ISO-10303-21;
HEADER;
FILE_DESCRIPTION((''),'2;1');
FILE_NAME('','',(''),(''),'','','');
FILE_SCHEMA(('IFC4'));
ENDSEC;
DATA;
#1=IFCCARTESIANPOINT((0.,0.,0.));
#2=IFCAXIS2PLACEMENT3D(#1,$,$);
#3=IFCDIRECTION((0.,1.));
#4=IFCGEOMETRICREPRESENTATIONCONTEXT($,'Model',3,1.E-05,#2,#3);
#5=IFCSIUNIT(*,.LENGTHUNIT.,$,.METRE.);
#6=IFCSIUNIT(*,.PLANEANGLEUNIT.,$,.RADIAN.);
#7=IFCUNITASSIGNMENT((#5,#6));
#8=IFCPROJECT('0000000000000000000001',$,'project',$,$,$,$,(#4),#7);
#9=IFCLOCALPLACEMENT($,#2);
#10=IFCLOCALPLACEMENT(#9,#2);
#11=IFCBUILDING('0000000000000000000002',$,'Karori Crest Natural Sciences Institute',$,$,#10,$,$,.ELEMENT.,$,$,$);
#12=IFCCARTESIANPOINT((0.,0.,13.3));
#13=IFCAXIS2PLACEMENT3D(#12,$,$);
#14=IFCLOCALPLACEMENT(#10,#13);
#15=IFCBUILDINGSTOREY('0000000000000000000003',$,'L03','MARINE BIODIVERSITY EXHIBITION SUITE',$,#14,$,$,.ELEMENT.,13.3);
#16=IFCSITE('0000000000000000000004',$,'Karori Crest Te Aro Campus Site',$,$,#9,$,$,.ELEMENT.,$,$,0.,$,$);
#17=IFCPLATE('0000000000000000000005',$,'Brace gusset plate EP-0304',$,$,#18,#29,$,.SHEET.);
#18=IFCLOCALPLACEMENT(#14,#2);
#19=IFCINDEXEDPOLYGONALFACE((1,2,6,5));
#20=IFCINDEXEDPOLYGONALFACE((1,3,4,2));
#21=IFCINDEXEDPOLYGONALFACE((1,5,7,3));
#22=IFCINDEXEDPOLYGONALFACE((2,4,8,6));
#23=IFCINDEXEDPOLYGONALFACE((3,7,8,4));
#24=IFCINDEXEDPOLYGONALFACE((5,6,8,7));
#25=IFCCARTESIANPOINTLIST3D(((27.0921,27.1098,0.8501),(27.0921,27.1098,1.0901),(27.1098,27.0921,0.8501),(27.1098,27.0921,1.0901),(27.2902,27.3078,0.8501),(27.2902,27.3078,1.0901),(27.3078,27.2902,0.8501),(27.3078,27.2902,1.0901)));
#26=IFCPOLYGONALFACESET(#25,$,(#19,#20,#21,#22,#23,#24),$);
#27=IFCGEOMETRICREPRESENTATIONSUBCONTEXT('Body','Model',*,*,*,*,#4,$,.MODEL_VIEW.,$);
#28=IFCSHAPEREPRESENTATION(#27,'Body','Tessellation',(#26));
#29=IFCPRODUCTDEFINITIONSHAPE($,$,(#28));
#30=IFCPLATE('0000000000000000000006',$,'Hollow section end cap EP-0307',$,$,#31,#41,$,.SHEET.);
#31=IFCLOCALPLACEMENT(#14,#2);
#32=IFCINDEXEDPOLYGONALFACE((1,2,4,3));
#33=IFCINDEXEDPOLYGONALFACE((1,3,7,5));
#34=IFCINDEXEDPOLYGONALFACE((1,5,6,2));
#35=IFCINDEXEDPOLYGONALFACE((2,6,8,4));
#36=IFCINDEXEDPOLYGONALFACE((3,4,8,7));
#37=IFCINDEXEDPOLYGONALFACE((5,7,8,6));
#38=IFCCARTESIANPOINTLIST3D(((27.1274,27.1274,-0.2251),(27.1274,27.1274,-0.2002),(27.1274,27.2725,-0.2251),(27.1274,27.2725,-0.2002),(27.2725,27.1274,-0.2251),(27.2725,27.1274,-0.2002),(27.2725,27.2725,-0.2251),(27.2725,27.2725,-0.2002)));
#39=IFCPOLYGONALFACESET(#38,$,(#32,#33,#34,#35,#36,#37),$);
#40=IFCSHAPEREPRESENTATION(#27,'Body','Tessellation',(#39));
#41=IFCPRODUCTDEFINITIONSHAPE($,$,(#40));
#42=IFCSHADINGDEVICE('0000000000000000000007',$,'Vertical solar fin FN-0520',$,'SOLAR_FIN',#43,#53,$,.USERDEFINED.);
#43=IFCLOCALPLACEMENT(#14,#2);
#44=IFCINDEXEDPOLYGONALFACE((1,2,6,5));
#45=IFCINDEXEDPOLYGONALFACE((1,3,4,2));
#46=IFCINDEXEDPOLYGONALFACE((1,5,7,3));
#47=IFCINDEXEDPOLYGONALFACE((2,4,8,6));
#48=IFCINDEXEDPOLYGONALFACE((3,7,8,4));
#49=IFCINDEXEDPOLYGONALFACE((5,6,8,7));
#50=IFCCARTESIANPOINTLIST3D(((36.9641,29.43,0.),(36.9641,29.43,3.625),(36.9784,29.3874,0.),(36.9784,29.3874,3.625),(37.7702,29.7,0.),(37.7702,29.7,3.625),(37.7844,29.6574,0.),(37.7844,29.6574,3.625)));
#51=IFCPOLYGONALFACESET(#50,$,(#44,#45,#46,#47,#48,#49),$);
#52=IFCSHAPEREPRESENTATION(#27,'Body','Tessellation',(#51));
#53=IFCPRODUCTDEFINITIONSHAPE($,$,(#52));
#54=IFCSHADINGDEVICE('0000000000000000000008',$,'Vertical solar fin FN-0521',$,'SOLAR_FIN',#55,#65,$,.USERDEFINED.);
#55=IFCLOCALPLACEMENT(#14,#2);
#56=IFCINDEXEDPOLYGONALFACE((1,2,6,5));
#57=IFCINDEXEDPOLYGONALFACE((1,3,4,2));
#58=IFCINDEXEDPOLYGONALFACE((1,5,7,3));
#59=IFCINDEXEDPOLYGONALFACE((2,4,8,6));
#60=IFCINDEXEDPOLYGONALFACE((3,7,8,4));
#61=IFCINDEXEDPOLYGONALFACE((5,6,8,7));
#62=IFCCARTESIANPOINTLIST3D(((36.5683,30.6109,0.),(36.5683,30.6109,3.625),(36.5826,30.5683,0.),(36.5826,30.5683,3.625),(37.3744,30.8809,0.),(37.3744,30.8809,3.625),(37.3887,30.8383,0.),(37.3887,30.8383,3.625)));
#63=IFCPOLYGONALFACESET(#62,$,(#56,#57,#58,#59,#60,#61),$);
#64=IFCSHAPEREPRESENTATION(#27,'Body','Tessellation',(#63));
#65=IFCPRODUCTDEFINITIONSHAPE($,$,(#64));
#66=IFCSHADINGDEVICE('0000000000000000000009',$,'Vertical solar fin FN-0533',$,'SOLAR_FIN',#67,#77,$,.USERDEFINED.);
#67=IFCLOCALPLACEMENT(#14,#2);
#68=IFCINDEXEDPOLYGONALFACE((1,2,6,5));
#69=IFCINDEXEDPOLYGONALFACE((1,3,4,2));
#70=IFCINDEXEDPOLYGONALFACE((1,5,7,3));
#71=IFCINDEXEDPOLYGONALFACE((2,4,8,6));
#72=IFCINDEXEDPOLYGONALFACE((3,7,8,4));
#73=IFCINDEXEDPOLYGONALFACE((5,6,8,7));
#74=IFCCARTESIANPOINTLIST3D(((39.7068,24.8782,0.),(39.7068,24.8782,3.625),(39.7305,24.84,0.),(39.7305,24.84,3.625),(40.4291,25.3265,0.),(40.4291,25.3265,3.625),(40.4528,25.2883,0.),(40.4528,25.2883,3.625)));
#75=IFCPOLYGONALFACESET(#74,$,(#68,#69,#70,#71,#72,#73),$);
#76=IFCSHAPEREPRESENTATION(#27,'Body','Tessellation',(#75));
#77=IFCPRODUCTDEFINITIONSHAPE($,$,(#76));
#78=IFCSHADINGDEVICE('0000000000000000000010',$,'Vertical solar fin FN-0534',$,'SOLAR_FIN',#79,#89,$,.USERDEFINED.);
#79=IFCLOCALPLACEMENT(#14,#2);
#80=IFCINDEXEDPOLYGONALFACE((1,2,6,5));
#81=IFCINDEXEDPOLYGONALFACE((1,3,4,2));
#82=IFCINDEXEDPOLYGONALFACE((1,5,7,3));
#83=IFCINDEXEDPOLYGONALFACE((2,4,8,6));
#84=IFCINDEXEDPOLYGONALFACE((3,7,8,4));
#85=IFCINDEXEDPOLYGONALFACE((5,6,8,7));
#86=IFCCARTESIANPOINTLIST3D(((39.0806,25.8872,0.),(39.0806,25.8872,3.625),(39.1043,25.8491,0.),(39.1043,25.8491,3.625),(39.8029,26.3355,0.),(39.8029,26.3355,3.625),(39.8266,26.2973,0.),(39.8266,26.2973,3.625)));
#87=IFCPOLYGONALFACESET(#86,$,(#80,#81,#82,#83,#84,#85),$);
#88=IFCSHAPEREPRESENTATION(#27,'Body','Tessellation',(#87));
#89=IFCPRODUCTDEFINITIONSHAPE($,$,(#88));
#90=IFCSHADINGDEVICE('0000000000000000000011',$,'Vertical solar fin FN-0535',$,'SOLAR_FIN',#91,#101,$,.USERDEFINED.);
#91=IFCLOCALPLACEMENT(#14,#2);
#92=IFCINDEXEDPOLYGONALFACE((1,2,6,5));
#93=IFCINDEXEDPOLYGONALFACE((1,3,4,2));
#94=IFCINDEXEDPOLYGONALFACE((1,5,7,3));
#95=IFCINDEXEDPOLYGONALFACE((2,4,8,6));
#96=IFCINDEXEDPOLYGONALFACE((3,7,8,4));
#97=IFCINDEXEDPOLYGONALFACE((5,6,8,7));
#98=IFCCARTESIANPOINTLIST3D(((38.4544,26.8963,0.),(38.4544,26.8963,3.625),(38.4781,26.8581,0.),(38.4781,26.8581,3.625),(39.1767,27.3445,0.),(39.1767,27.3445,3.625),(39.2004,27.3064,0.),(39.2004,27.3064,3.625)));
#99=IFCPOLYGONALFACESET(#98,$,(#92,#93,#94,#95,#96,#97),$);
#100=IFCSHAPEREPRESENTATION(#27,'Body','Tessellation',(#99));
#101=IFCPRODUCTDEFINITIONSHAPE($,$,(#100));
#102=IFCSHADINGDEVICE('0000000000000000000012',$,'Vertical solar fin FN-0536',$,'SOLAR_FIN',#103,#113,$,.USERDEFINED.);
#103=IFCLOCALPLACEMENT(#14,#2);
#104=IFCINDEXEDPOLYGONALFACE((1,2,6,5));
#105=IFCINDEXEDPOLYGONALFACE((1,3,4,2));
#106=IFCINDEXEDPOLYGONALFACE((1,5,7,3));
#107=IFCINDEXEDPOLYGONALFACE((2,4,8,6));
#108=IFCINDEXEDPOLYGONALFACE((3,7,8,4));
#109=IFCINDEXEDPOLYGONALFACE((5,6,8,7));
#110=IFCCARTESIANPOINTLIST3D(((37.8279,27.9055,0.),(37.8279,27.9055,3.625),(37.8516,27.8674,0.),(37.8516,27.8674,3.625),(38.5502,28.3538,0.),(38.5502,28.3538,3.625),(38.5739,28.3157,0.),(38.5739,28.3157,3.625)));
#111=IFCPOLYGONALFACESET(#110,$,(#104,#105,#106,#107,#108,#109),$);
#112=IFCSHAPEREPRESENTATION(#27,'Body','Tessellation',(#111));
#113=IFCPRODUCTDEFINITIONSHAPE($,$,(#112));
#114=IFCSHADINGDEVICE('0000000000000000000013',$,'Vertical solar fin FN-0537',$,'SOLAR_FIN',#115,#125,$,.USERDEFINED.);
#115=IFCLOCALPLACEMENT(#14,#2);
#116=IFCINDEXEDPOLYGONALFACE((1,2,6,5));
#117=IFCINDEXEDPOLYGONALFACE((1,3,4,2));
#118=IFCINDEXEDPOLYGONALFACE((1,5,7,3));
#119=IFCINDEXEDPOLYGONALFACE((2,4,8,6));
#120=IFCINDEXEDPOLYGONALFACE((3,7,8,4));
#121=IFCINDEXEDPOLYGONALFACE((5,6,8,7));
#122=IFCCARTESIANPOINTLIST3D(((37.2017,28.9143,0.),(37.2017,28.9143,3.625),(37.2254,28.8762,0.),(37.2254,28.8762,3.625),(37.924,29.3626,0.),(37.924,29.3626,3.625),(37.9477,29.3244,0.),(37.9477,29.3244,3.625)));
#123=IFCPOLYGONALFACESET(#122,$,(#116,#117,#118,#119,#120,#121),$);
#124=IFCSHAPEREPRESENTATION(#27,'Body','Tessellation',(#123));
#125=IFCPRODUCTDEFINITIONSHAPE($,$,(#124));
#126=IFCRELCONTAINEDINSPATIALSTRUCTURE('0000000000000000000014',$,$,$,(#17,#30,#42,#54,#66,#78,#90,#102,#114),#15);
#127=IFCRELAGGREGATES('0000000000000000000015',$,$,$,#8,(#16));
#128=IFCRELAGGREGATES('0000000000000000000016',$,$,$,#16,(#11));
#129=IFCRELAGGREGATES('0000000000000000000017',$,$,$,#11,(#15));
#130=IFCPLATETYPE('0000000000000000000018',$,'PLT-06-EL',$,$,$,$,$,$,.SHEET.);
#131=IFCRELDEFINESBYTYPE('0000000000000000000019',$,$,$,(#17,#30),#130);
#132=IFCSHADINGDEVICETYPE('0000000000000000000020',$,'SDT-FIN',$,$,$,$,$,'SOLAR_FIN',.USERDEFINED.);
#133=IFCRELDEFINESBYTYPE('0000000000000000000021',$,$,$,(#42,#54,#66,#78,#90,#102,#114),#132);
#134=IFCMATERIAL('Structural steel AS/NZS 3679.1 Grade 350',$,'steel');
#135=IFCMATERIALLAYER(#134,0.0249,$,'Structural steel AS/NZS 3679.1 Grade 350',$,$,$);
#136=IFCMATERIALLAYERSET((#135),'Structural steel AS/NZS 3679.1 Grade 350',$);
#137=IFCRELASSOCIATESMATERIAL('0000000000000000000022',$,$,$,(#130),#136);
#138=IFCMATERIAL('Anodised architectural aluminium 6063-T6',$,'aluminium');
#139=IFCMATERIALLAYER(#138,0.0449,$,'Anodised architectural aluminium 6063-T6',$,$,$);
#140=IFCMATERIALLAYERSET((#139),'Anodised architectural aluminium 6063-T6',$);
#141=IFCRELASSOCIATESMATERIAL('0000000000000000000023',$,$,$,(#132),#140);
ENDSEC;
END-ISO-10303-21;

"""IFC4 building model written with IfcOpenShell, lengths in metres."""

from ifc_helpers import new_model, si_unit, direction, frame, origin, origin_2d, place, context, subcontext, project, spatial, rectangle, extrude, material, layer, layer_set, type_object, element, save


model = new_model("IFC4")

# Units and contexts
model_context = context("Model", 3, precision=1e-05, world=origin(), true_north=direction((0.0, 1.0)))
body_context = subcontext(model_context, "Body", "Model", "MODEL_VIEW")
ifc_project = project(units=[si_unit("LENGTHUNIT", "METRE"), si_unit("PLANEANGLEUNIT", "RADIAN")], contexts=[model_context])

# Site, building, storey
site_placement = place(None, origin())
site = spatial("IfcSite", under=ifc_project, at=site_placement, Name="Karori Crest Te Aro Campus Site", CompositionType="ELEMENT", RefElevation=0.0)
building_placement = place(site_placement, origin())
building = spatial("IfcBuilding", under=site, at=building_placement, Name="Karori Crest Natural Sciences Institute", CompositionType="ELEMENT")
storey_placement = place(building_placement, frame((0.0, 0.0, 13.3)))
storey = spatial("IfcBuildingStorey", under=building, at=storey_placement, Name="L03", Description="MARINE BIODIVERSITY EXHIBITION SUITE", CompositionType="ELEMENT", Elevation=13.3)

# Shared definitions
ifc_material_1 = material(Name="Structural steel AS/NZS 3679.1 Grade 350", Category="steel")

# Shared definitions
ifc_material_2 = material(Name="Anodised architectural aluminium 6063-T6", Category="aluminium")

# Plates
ifc_layer_1 = layer(ifc_material_1, 0.0249, Name="Structural steel AS/NZS 3679.1 Grade 350")
ifc_layer_set_1 = layer_set([ifc_layer_1], Name="Structural steel AS/NZS 3679.1 Grade 350")
plate_type_1 = type_object("IfcPlateType", Name="PLT-06-EL", PredefinedType="SHEET", material=ifc_layer_set_1)
plate_1_placement = place(storey_placement, frame((27.2, 27.2, 0.8501), z_axis=(0.0, 0.0, 1.0), x_axis=(0.707107, 0.707107, 0.0)))
element("IfcPlate", 1, at=plate_1_placement, inside=storey, type_object=plate_type_1, Name="Brace gusset plate EP-0304", PredefinedType="SHEET", context=body_context, shape_type="SweptSolid", body=[
    extrude(rectangle(XDim=0.28, YDim=0.0249, at=origin_2d()), origin(), (0.0, 0.0, 1.0), 0.24),
])
plate_2_placement = place(storey_placement, frame((27.2, 27.2, -0.2251), z_axis=(0.0, 0.0, 1.0), x_axis=(1.0, 0.0, 0.0)))
element("IfcPlate", 2, at=plate_2_placement, inside=storey, type_object=plate_type_1, Name="Hollow section end cap EP-0307", PredefinedType="SHEET", context=body_context, shape_type="SweptSolid", body=[
    extrude(rectangle(XDim=0.145, YDim=0.145, at=origin_2d()), origin(), (0.0, 0.0, 1.0), 0.0249),
])

# Shading devices
ifc_layer_2 = layer(ifc_material_2, 0.0449, Name="Anodised architectural aluminium 6063-T6")
ifc_layer_set_2 = layer_set([ifc_layer_2], Name="Anodised architectural aluminium 6063-T6")
shading_device_type = type_object("IfcShadingDeviceType", Name="SDT-FIN", ElementType="SOLAR_FIN", PredefinedType="USERDEFINED", material=ifc_layer_set_2)
for number, where, z_axis, x_axis, name in (
    (3, (37.3743, 29.5437, 0.0), (0.0, 0.0, 1.0), (-0.948198, -0.31768, 0.0), "Vertical solar fin FN-0520"),
    (4, (36.9785, 30.7246, 0.0), (0.0, 0.0, 1.0), (-0.948198, -0.31768, 0.0), "Vertical solar fin FN-0521"),
    (5, (40.0798, 25.0833, 0.0), (0.0, 0.0, 1.0), (-0.849662, -0.527328, 0.0), "Vertical solar fin FN-0533"),
    (6, (39.4536, 26.0923, 0.0), (0.0, 0.0, 1.0), (-0.849662, -0.527328, 0.0), "Vertical solar fin FN-0534"),
    (7, (38.8274, 27.1013, 0.0), (0.0, 0.0, 1.0), (-0.849662, -0.527328, 0.0), "Vertical solar fin FN-0535"),
    (8, (38.2009, 28.1106, 0.0), (0.0, 0.0, 1.0), (-0.849662, -0.527328, 0.0), "Vertical solar fin FN-0536"),
    (9, (37.5747, 29.1194, 0.0), (0.0, 0.0, 1.0), (-0.849662, -0.527328, 0.0), "Vertical solar fin FN-0537"),
):
    element("IfcShadingDevice", number, at=place(storey_placement, frame(where, z_axis=z_axis, x_axis=x_axis)), inside=storey, type_object=shading_device_type, Name=name, ObjectType="SOLAR_FIN", PredefinedType="USERDEFINED", context=body_context, shape_type="SweptSolid", body=[
        extrude(rectangle(XDim=0.8501, YDim=0.0449, at=origin_2d()), origin(), (0.0, 0.0, 1.0), 3.625),
    ])

save(model, "model.ifc")
